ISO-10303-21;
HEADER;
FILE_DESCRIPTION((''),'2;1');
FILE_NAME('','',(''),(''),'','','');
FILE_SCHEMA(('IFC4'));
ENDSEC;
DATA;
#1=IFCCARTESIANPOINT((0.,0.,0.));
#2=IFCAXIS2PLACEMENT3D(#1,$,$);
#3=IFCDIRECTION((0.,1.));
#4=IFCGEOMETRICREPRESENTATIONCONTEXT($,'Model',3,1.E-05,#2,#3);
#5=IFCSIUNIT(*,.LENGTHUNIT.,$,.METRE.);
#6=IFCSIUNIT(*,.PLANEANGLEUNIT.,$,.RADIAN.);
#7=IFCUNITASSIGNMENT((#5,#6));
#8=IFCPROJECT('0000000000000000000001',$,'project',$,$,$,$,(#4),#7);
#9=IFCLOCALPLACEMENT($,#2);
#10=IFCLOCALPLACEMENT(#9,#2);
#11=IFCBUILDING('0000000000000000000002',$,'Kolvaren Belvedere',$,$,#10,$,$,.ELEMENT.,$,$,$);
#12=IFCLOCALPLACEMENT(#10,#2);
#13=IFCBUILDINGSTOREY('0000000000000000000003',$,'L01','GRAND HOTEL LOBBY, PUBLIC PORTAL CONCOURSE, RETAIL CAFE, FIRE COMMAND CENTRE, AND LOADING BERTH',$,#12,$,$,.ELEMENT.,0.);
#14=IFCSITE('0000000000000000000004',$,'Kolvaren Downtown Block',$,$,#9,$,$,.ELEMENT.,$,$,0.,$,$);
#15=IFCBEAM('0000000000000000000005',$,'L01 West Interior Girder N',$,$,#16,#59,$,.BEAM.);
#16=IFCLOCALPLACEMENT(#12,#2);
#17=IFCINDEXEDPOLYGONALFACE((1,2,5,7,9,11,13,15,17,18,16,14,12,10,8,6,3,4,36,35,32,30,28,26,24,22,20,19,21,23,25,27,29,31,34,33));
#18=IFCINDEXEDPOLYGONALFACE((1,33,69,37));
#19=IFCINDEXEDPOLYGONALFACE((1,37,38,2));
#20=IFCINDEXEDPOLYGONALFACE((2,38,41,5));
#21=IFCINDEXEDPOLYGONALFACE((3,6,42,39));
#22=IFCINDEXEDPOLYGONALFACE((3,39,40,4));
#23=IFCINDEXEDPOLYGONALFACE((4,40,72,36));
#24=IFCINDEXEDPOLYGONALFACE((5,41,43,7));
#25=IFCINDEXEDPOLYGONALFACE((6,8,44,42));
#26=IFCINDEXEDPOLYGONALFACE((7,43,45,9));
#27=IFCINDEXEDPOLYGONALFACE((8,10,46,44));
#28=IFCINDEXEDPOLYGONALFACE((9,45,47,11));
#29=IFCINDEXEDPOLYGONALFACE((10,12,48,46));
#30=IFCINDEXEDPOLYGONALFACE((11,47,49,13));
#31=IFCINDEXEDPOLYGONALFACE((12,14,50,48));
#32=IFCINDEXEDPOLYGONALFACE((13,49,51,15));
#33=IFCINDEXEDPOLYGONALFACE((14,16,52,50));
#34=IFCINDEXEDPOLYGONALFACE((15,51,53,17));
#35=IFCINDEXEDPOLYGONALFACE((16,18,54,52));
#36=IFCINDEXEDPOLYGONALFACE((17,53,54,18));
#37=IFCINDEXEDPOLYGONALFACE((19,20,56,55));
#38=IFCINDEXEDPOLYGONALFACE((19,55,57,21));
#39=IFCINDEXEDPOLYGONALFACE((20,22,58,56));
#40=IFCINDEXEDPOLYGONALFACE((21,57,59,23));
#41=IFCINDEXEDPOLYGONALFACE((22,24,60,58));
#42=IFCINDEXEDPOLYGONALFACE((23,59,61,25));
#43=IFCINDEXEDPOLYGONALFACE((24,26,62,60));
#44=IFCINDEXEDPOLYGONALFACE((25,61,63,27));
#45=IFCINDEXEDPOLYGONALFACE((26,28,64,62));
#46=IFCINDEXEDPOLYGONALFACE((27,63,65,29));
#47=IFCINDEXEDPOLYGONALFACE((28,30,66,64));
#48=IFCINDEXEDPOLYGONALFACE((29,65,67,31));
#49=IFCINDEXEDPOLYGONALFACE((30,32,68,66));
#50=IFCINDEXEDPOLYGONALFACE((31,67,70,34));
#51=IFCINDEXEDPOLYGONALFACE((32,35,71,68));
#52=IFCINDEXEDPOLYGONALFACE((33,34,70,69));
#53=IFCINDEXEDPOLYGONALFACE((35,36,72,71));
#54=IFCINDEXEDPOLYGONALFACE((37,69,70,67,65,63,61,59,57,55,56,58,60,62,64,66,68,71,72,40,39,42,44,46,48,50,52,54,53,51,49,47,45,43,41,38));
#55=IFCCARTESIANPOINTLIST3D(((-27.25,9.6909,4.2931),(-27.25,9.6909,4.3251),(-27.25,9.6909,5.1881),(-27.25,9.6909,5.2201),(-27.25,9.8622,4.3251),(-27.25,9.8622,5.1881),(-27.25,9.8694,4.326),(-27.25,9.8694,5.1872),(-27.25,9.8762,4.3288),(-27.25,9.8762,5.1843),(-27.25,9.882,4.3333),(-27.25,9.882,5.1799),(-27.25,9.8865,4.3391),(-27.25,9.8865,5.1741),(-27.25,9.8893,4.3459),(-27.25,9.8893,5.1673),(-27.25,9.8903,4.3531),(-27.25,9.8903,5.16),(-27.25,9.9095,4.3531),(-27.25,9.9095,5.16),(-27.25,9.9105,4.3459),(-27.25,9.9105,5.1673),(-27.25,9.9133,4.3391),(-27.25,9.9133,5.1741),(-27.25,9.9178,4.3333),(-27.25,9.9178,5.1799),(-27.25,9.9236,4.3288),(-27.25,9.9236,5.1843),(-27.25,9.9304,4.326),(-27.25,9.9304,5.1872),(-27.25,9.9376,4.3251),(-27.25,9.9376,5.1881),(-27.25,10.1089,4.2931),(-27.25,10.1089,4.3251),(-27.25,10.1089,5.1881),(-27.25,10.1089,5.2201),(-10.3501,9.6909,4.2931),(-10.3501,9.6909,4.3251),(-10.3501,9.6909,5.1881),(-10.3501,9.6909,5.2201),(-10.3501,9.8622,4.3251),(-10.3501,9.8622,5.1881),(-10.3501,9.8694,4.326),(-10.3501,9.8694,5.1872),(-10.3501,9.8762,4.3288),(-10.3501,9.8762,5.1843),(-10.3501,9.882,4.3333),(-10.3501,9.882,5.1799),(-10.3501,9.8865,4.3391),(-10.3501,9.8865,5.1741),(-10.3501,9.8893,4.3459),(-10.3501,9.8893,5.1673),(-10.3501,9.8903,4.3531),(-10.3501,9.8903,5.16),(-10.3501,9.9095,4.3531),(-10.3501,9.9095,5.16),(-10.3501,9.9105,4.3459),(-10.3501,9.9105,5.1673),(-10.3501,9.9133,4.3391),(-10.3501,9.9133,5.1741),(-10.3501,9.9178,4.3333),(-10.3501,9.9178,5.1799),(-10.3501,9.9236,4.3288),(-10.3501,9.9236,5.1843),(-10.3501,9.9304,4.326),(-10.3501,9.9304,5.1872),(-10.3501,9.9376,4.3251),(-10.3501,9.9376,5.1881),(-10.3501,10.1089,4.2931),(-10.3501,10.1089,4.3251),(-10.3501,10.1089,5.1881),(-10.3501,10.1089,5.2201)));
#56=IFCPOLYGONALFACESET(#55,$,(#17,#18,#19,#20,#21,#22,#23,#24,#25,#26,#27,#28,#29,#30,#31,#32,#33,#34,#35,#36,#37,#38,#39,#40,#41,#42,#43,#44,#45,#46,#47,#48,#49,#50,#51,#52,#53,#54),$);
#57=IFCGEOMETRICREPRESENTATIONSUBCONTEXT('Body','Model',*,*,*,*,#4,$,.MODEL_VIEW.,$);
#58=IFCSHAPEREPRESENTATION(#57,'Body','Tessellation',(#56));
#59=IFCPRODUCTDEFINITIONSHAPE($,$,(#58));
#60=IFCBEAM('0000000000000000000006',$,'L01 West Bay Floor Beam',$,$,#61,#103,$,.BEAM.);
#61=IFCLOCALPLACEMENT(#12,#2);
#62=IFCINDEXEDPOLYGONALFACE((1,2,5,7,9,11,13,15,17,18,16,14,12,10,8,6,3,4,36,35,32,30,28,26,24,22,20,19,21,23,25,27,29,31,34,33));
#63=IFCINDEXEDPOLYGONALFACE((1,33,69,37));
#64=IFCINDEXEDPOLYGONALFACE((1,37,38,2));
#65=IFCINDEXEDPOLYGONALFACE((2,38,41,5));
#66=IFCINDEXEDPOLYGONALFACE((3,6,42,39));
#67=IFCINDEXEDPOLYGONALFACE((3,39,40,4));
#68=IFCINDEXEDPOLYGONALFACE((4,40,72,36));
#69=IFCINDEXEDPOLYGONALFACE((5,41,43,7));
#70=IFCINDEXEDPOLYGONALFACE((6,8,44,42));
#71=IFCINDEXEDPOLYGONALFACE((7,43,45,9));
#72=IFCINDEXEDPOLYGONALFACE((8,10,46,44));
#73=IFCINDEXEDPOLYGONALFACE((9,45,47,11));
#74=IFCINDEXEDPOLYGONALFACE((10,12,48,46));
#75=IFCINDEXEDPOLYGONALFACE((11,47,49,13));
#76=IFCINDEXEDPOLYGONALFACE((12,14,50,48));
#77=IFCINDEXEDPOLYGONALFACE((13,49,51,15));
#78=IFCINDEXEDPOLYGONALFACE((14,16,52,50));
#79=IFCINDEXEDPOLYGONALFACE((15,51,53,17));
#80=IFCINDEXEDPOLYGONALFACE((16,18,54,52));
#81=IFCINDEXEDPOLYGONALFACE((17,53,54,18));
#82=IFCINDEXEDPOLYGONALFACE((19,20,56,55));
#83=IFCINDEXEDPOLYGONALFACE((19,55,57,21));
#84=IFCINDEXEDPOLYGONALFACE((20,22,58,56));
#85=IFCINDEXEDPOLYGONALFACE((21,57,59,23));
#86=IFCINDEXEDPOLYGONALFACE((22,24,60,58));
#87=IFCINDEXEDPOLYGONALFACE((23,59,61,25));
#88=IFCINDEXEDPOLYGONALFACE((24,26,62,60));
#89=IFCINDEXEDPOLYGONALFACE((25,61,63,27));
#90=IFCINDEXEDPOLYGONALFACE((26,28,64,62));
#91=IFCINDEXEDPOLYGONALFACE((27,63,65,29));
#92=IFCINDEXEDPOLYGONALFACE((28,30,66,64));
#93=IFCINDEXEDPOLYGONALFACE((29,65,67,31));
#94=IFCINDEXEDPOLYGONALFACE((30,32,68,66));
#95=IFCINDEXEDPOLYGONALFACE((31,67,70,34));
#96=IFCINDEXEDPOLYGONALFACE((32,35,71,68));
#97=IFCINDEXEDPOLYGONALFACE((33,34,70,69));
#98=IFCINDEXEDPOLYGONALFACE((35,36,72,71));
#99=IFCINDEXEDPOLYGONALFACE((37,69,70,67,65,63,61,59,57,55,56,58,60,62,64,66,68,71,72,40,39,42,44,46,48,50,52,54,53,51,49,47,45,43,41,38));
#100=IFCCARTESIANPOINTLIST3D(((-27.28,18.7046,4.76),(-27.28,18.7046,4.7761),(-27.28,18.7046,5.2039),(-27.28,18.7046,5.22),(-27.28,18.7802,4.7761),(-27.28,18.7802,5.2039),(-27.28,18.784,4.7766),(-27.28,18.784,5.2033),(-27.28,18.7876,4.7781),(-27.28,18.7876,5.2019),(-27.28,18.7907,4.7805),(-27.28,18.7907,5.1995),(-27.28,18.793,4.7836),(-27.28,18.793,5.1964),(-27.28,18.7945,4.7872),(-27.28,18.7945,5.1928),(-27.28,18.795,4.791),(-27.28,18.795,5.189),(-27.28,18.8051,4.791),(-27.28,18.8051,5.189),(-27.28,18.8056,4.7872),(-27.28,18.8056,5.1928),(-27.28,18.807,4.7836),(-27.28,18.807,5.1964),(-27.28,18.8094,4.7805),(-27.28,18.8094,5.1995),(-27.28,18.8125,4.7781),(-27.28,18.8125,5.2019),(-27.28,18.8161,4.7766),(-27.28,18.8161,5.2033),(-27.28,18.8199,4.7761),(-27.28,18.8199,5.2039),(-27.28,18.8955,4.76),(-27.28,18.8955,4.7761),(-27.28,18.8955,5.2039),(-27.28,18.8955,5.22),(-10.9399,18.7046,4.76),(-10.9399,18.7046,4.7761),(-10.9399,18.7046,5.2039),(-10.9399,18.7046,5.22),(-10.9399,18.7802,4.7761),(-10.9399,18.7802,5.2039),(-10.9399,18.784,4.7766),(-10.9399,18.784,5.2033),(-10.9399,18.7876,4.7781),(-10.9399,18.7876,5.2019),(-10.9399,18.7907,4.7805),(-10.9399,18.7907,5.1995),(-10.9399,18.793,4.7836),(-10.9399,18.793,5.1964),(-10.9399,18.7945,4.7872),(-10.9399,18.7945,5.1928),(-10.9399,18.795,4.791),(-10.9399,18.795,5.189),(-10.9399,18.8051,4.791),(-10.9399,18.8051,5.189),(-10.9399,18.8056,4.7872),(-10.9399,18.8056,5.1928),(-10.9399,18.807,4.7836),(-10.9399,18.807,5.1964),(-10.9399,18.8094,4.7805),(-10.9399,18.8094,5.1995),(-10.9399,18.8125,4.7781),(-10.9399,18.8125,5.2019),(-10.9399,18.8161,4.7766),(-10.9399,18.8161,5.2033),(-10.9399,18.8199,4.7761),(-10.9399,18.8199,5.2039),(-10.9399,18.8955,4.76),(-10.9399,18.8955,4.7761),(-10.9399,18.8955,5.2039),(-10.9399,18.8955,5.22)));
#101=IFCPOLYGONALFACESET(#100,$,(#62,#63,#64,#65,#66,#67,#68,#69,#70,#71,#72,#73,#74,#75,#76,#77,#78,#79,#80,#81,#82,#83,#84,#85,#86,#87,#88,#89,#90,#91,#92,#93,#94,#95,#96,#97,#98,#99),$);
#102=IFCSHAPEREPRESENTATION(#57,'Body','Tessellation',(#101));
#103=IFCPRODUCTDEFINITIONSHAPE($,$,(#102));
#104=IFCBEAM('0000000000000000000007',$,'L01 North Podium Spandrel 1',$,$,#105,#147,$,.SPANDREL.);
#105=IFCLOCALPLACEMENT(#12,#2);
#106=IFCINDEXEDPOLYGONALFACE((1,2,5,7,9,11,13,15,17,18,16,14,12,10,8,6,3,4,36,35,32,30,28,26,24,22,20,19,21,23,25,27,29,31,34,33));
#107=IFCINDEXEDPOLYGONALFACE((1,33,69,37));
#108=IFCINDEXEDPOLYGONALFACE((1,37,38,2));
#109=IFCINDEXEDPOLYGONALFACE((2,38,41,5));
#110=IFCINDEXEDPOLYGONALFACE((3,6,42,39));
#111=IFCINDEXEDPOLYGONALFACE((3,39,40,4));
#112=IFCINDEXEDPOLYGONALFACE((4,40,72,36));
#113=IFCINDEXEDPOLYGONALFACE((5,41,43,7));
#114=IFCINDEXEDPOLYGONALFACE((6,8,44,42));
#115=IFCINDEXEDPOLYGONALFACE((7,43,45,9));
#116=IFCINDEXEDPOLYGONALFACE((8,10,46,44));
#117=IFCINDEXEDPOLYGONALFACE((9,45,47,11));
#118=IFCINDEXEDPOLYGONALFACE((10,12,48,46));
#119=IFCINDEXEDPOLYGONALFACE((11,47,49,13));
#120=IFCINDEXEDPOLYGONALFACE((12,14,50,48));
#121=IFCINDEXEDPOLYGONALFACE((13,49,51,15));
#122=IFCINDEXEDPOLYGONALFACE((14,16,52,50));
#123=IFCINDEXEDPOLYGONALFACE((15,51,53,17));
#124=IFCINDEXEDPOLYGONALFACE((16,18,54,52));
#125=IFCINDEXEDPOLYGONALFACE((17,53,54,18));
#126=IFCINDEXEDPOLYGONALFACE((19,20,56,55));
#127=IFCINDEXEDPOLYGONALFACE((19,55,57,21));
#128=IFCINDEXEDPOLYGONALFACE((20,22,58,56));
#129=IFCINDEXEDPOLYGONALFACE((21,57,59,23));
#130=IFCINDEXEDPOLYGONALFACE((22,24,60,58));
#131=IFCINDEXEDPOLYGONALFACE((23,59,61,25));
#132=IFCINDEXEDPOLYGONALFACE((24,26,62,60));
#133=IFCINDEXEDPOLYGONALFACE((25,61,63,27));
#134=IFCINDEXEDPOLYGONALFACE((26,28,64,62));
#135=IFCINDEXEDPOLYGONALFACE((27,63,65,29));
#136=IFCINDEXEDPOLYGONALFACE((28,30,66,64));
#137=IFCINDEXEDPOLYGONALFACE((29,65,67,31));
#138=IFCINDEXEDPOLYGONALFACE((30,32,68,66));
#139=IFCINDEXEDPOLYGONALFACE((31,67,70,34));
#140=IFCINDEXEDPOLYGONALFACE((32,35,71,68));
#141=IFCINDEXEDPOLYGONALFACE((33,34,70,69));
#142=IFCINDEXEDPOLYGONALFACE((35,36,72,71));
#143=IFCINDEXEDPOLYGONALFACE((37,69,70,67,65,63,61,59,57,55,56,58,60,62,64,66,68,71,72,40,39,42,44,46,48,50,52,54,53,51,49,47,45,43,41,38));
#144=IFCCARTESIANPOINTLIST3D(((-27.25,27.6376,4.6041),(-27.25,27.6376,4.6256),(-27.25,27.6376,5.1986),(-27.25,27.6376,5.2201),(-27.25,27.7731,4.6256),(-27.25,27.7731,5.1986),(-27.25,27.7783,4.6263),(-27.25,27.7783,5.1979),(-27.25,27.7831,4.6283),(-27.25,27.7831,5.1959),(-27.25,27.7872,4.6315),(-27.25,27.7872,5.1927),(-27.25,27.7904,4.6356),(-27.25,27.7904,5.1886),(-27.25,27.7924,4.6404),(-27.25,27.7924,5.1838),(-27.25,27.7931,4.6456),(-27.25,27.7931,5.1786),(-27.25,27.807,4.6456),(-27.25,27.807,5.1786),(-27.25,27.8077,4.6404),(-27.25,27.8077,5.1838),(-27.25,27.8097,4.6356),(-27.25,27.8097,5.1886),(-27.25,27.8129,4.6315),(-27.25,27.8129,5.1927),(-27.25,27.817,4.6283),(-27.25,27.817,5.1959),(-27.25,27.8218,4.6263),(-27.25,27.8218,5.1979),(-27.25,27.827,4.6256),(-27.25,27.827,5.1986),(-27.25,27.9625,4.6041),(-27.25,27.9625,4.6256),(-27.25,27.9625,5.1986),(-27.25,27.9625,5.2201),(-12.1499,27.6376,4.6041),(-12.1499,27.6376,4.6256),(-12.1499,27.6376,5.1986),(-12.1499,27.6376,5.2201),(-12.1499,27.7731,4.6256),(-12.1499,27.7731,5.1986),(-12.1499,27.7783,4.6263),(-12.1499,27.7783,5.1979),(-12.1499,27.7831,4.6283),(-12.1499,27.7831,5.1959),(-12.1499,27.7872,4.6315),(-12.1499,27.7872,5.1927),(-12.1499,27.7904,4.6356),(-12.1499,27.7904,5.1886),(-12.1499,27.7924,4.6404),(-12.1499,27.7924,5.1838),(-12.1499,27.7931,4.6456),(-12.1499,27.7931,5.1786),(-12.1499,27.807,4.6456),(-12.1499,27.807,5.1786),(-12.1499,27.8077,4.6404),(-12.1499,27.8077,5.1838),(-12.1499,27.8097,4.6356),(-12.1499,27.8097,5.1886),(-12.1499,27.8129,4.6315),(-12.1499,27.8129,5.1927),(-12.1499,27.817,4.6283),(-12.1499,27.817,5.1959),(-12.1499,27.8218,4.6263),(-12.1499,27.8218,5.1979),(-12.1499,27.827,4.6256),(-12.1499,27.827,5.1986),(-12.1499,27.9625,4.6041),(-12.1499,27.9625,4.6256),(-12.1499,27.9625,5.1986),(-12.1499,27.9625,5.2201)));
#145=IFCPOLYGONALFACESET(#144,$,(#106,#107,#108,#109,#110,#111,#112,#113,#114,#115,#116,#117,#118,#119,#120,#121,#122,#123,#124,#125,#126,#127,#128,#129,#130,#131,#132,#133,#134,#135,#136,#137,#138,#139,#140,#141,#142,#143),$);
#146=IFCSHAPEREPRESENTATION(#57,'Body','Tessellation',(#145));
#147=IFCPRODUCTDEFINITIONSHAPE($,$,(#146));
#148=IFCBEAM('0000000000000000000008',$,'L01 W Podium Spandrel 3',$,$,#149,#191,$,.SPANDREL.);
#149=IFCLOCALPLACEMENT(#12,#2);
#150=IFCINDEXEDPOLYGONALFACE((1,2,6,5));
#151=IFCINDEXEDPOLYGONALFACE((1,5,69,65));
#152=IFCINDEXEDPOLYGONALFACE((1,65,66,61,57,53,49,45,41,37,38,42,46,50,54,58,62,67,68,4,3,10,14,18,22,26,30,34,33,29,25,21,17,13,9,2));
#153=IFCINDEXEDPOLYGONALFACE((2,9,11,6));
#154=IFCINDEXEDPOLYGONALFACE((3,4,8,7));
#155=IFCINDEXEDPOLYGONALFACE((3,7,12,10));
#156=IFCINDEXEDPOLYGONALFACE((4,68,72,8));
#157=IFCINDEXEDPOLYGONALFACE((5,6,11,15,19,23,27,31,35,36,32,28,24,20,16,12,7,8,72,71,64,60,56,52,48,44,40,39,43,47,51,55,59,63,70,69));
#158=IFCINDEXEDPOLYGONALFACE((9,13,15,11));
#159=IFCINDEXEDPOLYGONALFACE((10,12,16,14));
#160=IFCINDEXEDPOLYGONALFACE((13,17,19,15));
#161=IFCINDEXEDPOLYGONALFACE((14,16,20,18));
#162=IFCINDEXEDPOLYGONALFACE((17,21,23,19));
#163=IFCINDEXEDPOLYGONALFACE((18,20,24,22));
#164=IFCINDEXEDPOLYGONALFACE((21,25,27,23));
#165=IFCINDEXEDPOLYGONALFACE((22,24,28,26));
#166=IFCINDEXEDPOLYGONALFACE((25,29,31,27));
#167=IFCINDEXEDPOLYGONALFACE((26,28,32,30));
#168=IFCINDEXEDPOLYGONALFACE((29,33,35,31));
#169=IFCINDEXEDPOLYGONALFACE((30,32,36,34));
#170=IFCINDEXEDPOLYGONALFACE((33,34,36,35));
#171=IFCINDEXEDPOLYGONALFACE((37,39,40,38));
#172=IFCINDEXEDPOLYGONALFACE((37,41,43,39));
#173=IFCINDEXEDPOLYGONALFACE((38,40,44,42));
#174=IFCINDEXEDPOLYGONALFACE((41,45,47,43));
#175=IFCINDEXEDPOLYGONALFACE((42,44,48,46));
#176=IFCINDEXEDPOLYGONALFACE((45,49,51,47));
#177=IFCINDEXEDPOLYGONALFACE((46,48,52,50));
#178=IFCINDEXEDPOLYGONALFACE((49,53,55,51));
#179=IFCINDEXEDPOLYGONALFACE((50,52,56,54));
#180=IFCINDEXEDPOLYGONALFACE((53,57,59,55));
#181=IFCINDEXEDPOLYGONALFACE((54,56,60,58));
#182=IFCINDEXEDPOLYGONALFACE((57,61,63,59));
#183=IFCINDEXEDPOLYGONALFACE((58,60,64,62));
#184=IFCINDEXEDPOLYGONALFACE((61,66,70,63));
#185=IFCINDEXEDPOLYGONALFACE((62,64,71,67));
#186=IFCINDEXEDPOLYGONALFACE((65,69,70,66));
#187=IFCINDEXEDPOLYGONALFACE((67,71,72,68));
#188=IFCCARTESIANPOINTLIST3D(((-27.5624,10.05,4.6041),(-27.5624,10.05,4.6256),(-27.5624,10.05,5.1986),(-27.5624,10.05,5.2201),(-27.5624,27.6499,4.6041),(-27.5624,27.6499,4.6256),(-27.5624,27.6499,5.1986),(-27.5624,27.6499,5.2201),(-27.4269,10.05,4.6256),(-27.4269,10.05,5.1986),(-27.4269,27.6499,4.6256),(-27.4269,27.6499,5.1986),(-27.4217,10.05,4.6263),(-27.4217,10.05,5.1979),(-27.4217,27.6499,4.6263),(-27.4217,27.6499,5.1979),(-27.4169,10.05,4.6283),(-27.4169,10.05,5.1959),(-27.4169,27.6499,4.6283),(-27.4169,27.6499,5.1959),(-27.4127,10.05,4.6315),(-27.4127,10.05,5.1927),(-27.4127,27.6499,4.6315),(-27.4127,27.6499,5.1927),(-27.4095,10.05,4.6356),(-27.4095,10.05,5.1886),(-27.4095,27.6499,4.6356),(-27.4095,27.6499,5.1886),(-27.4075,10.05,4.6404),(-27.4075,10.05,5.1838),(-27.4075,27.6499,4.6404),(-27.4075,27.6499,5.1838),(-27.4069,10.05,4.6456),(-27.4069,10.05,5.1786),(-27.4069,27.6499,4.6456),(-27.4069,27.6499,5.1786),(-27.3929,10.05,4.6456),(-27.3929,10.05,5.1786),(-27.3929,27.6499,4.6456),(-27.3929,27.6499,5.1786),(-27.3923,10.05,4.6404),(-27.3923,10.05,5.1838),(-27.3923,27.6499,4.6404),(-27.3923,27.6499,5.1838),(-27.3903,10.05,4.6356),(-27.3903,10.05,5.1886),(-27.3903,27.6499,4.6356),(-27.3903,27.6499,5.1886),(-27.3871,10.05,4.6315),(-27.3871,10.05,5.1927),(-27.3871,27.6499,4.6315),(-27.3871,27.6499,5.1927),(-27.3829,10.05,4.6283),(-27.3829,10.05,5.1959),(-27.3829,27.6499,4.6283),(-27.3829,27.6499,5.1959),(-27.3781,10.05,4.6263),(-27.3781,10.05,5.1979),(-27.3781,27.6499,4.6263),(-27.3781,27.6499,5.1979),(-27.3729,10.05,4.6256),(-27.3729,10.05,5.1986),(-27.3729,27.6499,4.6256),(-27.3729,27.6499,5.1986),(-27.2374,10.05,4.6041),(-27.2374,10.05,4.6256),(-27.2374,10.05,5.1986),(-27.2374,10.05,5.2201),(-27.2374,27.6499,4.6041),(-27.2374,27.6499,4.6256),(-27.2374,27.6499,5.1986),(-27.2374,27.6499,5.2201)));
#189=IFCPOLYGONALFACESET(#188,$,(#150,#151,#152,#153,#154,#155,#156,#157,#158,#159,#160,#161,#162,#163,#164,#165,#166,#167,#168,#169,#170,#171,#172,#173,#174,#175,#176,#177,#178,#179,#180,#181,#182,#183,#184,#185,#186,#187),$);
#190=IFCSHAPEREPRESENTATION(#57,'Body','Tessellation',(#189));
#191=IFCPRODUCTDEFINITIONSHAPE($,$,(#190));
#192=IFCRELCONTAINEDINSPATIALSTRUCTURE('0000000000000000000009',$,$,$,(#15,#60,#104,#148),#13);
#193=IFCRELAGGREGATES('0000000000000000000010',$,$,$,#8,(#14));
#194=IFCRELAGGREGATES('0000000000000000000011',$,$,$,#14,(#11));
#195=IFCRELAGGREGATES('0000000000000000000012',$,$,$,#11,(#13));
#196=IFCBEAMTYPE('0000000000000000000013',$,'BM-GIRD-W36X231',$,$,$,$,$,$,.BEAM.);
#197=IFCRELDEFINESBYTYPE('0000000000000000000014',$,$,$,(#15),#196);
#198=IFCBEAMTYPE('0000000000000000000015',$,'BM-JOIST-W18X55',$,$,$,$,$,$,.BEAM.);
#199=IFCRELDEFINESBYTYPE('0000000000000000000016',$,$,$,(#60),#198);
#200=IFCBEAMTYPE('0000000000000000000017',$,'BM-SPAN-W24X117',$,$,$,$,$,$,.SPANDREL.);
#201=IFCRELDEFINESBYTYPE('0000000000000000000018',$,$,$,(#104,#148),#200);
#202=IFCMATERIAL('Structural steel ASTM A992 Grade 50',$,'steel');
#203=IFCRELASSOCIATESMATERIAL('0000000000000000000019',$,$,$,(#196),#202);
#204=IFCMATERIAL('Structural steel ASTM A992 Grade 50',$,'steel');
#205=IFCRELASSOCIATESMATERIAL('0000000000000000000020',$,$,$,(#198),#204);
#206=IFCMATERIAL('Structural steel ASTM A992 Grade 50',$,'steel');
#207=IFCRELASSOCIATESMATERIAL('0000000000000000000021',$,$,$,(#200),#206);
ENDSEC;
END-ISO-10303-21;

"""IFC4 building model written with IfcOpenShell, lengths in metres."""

from ifc_helpers import new_model, si_unit, direction, frame, origin, origin_2d, place, context, subcontext, project, spatial, i_section, extrude, material, material_profile, profile_set, type_object, element, save


model = new_model("IFC4")

# Units and contexts
model_context = context("Model", 3, precision=1e-05, world=origin(), true_north=direction((0.0, 1.0)))
body_context = subcontext(model_context, "Body", "Model", "MODEL_VIEW")
ifc_project = project(units=[si_unit("LENGTHUNIT", "METRE"), si_unit("PLANEANGLEUNIT", "RADIAN")], contexts=[model_context])

# Site, building, storey
site_placement = place(None, origin())
site = spatial("IfcSite", under=ifc_project, at=site_placement, Name="Kolvaren Downtown Block", CompositionType="ELEMENT", RefElevation=0.0)
building_placement = place(site_placement, origin())
building = spatial("IfcBuilding", under=site, at=building_placement, Name="Kolvaren Belvedere", CompositionType="ELEMENT")
storey_placement = place(building_placement, origin())
storey = spatial("IfcBuildingStorey", under=building, at=storey_placement, Name="L01", Description="GRAND HOTEL LOBBY, PUBLIC PORTAL CONCOURSE, RETAIL CAFE, FIRE COMMAND CENTRE, AND LOADING BERTH", CompositionType="ELEMENT", Elevation=0.0)

# Beams
ifc_material_1 = material(Name="Structural steel ASTM A992 Grade 50", Category="steel")
ifc_material_profile_1 = material_profile(ifc_material_1, i_section(OverallWidth=0.418, OverallDepth=0.927, WebThickness=0.0193, FlangeThickness=0.032, FilletRadius=0.0281, at=origin_2d()), Name="W36X231")
ifc_profile_set_1 = profile_set([ifc_material_profile_1], Name="Structural steel ASTM A992 Grade 50")
beam_type_1 = type_object("IfcBeamType", Name="BM-GIRD-W36X231", PredefinedType="BEAM", material=ifc_profile_set_1)
beam_1_placement = place(storey_placement, frame((-27.25, 9.8999, 4.7566), z_axis=(1.0, 0.0, 0.0), x_axis=(0.0, 1.0, 0.0)))
element("IfcBeam", 1, at=beam_1_placement, inside=storey, type_object=beam_type_1, Name="L01 West Interior Girder N", PredefinedType="BEAM", context=body_context, shape_type="SweptSolid", body=[
    extrude(i_section(OverallWidth=0.418, OverallDepth=0.927, WebThickness=0.0193, FlangeThickness=0.032, FilletRadius=0.0281, at=origin_2d()), origin(), (0.0, 0.0, 1.0), 16.8999),
])
ifc_material_2 = material(Name="Structural steel ASTM A992 Grade 50", Category="steel")
ifc_material_profile_2 = material_profile(ifc_material_2, i_section(OverallWidth=0.1909, OverallDepth=0.46, WebThickness=0.01, FlangeThickness=0.0161, FilletRadius=0.0149, at=origin_2d()), Name="W18X55")
ifc_profile_set_2 = profile_set([ifc_material_profile_2], Name="Structural steel ASTM A992 Grade 50")
beam_type_2 = type_object("IfcBeamType", Name="BM-JOIST-W18X55", PredefinedType="BEAM", material=ifc_profile_set_2)
beam_2_placement = place(storey_placement, frame((-27.28, 18.8, 4.99), z_axis=(1.0, 0.0, 0.0), x_axis=(0.0, 1.0, 0.0)))
element("IfcBeam", 2, at=beam_2_placement, inside=storey, type_object=beam_type_2, Name="L01 West Bay Floor Beam", PredefinedType="BEAM", context=body_context, shape_type="SweptSolid", body=[
    extrude(i_section(OverallWidth=0.1909, OverallDepth=0.46, WebThickness=0.01, FlangeThickness=0.0161, FilletRadius=0.0149, at=origin_2d()), origin(), (0.0, 0.0, 1.0), 16.3401),
])
ifc_material_3 = material(Name="Structural steel ASTM A992 Grade 50", Category="steel")
ifc_material_profile_3 = material_profile(ifc_material_3, i_section(OverallWidth=0.325, OverallDepth=0.616, WebThickness=0.0139, FlangeThickness=0.0215, FilletRadius=0.02, at=origin_2d()), Name="W24X117")
ifc_profile_set_3 = profile_set([ifc_material_profile_3], Name="Structural steel ASTM A992 Grade 50")
beam_type_3 = type_object("IfcBeamType", Name="BM-SPAN-W24X117", PredefinedType="SPANDREL", material=ifc_profile_set_3)
beam_3_placement = place(storey_placement, frame((-27.25, 27.8, 4.9121), z_axis=(1.0, 0.0, 0.0), x_axis=(0.0, 1.0, 0.0)))
element("IfcBeam", 3, at=beam_3_placement, inside=storey, type_object=beam_type_3, Name="L01 North Podium Spandrel 1", PredefinedType="SPANDREL", context=body_context, shape_type="SweptSolid", body=[
    extrude(i_section(OverallWidth=0.325, OverallDepth=0.616, WebThickness=0.0139, FlangeThickness=0.0215, FilletRadius=0.02, at=origin_2d()), origin(), (0.0, 0.0, 1.0), 15.1001),
])
beam_4_placement = place(storey_placement, frame((-27.3999, 10.05, 4.9121), z_axis=(0.0, 1.0, 0.0), x_axis=(-1.0, 0.0, 0.0)))
element("IfcBeam", 4, at=beam_4_placement, inside=storey, type_object=beam_type_3, Name="L01 W Podium Spandrel 3", PredefinedType="SPANDREL", context=body_context, shape_type="SweptSolid", body=[
    extrude(i_section(OverallWidth=0.325, OverallDepth=0.616, WebThickness=0.0139, FlangeThickness=0.0215, FilletRadius=0.02, at=origin_2d()), origin(), (0.0, 0.0, 1.0), 17.5999),
])

save(model, "model.ifc")
